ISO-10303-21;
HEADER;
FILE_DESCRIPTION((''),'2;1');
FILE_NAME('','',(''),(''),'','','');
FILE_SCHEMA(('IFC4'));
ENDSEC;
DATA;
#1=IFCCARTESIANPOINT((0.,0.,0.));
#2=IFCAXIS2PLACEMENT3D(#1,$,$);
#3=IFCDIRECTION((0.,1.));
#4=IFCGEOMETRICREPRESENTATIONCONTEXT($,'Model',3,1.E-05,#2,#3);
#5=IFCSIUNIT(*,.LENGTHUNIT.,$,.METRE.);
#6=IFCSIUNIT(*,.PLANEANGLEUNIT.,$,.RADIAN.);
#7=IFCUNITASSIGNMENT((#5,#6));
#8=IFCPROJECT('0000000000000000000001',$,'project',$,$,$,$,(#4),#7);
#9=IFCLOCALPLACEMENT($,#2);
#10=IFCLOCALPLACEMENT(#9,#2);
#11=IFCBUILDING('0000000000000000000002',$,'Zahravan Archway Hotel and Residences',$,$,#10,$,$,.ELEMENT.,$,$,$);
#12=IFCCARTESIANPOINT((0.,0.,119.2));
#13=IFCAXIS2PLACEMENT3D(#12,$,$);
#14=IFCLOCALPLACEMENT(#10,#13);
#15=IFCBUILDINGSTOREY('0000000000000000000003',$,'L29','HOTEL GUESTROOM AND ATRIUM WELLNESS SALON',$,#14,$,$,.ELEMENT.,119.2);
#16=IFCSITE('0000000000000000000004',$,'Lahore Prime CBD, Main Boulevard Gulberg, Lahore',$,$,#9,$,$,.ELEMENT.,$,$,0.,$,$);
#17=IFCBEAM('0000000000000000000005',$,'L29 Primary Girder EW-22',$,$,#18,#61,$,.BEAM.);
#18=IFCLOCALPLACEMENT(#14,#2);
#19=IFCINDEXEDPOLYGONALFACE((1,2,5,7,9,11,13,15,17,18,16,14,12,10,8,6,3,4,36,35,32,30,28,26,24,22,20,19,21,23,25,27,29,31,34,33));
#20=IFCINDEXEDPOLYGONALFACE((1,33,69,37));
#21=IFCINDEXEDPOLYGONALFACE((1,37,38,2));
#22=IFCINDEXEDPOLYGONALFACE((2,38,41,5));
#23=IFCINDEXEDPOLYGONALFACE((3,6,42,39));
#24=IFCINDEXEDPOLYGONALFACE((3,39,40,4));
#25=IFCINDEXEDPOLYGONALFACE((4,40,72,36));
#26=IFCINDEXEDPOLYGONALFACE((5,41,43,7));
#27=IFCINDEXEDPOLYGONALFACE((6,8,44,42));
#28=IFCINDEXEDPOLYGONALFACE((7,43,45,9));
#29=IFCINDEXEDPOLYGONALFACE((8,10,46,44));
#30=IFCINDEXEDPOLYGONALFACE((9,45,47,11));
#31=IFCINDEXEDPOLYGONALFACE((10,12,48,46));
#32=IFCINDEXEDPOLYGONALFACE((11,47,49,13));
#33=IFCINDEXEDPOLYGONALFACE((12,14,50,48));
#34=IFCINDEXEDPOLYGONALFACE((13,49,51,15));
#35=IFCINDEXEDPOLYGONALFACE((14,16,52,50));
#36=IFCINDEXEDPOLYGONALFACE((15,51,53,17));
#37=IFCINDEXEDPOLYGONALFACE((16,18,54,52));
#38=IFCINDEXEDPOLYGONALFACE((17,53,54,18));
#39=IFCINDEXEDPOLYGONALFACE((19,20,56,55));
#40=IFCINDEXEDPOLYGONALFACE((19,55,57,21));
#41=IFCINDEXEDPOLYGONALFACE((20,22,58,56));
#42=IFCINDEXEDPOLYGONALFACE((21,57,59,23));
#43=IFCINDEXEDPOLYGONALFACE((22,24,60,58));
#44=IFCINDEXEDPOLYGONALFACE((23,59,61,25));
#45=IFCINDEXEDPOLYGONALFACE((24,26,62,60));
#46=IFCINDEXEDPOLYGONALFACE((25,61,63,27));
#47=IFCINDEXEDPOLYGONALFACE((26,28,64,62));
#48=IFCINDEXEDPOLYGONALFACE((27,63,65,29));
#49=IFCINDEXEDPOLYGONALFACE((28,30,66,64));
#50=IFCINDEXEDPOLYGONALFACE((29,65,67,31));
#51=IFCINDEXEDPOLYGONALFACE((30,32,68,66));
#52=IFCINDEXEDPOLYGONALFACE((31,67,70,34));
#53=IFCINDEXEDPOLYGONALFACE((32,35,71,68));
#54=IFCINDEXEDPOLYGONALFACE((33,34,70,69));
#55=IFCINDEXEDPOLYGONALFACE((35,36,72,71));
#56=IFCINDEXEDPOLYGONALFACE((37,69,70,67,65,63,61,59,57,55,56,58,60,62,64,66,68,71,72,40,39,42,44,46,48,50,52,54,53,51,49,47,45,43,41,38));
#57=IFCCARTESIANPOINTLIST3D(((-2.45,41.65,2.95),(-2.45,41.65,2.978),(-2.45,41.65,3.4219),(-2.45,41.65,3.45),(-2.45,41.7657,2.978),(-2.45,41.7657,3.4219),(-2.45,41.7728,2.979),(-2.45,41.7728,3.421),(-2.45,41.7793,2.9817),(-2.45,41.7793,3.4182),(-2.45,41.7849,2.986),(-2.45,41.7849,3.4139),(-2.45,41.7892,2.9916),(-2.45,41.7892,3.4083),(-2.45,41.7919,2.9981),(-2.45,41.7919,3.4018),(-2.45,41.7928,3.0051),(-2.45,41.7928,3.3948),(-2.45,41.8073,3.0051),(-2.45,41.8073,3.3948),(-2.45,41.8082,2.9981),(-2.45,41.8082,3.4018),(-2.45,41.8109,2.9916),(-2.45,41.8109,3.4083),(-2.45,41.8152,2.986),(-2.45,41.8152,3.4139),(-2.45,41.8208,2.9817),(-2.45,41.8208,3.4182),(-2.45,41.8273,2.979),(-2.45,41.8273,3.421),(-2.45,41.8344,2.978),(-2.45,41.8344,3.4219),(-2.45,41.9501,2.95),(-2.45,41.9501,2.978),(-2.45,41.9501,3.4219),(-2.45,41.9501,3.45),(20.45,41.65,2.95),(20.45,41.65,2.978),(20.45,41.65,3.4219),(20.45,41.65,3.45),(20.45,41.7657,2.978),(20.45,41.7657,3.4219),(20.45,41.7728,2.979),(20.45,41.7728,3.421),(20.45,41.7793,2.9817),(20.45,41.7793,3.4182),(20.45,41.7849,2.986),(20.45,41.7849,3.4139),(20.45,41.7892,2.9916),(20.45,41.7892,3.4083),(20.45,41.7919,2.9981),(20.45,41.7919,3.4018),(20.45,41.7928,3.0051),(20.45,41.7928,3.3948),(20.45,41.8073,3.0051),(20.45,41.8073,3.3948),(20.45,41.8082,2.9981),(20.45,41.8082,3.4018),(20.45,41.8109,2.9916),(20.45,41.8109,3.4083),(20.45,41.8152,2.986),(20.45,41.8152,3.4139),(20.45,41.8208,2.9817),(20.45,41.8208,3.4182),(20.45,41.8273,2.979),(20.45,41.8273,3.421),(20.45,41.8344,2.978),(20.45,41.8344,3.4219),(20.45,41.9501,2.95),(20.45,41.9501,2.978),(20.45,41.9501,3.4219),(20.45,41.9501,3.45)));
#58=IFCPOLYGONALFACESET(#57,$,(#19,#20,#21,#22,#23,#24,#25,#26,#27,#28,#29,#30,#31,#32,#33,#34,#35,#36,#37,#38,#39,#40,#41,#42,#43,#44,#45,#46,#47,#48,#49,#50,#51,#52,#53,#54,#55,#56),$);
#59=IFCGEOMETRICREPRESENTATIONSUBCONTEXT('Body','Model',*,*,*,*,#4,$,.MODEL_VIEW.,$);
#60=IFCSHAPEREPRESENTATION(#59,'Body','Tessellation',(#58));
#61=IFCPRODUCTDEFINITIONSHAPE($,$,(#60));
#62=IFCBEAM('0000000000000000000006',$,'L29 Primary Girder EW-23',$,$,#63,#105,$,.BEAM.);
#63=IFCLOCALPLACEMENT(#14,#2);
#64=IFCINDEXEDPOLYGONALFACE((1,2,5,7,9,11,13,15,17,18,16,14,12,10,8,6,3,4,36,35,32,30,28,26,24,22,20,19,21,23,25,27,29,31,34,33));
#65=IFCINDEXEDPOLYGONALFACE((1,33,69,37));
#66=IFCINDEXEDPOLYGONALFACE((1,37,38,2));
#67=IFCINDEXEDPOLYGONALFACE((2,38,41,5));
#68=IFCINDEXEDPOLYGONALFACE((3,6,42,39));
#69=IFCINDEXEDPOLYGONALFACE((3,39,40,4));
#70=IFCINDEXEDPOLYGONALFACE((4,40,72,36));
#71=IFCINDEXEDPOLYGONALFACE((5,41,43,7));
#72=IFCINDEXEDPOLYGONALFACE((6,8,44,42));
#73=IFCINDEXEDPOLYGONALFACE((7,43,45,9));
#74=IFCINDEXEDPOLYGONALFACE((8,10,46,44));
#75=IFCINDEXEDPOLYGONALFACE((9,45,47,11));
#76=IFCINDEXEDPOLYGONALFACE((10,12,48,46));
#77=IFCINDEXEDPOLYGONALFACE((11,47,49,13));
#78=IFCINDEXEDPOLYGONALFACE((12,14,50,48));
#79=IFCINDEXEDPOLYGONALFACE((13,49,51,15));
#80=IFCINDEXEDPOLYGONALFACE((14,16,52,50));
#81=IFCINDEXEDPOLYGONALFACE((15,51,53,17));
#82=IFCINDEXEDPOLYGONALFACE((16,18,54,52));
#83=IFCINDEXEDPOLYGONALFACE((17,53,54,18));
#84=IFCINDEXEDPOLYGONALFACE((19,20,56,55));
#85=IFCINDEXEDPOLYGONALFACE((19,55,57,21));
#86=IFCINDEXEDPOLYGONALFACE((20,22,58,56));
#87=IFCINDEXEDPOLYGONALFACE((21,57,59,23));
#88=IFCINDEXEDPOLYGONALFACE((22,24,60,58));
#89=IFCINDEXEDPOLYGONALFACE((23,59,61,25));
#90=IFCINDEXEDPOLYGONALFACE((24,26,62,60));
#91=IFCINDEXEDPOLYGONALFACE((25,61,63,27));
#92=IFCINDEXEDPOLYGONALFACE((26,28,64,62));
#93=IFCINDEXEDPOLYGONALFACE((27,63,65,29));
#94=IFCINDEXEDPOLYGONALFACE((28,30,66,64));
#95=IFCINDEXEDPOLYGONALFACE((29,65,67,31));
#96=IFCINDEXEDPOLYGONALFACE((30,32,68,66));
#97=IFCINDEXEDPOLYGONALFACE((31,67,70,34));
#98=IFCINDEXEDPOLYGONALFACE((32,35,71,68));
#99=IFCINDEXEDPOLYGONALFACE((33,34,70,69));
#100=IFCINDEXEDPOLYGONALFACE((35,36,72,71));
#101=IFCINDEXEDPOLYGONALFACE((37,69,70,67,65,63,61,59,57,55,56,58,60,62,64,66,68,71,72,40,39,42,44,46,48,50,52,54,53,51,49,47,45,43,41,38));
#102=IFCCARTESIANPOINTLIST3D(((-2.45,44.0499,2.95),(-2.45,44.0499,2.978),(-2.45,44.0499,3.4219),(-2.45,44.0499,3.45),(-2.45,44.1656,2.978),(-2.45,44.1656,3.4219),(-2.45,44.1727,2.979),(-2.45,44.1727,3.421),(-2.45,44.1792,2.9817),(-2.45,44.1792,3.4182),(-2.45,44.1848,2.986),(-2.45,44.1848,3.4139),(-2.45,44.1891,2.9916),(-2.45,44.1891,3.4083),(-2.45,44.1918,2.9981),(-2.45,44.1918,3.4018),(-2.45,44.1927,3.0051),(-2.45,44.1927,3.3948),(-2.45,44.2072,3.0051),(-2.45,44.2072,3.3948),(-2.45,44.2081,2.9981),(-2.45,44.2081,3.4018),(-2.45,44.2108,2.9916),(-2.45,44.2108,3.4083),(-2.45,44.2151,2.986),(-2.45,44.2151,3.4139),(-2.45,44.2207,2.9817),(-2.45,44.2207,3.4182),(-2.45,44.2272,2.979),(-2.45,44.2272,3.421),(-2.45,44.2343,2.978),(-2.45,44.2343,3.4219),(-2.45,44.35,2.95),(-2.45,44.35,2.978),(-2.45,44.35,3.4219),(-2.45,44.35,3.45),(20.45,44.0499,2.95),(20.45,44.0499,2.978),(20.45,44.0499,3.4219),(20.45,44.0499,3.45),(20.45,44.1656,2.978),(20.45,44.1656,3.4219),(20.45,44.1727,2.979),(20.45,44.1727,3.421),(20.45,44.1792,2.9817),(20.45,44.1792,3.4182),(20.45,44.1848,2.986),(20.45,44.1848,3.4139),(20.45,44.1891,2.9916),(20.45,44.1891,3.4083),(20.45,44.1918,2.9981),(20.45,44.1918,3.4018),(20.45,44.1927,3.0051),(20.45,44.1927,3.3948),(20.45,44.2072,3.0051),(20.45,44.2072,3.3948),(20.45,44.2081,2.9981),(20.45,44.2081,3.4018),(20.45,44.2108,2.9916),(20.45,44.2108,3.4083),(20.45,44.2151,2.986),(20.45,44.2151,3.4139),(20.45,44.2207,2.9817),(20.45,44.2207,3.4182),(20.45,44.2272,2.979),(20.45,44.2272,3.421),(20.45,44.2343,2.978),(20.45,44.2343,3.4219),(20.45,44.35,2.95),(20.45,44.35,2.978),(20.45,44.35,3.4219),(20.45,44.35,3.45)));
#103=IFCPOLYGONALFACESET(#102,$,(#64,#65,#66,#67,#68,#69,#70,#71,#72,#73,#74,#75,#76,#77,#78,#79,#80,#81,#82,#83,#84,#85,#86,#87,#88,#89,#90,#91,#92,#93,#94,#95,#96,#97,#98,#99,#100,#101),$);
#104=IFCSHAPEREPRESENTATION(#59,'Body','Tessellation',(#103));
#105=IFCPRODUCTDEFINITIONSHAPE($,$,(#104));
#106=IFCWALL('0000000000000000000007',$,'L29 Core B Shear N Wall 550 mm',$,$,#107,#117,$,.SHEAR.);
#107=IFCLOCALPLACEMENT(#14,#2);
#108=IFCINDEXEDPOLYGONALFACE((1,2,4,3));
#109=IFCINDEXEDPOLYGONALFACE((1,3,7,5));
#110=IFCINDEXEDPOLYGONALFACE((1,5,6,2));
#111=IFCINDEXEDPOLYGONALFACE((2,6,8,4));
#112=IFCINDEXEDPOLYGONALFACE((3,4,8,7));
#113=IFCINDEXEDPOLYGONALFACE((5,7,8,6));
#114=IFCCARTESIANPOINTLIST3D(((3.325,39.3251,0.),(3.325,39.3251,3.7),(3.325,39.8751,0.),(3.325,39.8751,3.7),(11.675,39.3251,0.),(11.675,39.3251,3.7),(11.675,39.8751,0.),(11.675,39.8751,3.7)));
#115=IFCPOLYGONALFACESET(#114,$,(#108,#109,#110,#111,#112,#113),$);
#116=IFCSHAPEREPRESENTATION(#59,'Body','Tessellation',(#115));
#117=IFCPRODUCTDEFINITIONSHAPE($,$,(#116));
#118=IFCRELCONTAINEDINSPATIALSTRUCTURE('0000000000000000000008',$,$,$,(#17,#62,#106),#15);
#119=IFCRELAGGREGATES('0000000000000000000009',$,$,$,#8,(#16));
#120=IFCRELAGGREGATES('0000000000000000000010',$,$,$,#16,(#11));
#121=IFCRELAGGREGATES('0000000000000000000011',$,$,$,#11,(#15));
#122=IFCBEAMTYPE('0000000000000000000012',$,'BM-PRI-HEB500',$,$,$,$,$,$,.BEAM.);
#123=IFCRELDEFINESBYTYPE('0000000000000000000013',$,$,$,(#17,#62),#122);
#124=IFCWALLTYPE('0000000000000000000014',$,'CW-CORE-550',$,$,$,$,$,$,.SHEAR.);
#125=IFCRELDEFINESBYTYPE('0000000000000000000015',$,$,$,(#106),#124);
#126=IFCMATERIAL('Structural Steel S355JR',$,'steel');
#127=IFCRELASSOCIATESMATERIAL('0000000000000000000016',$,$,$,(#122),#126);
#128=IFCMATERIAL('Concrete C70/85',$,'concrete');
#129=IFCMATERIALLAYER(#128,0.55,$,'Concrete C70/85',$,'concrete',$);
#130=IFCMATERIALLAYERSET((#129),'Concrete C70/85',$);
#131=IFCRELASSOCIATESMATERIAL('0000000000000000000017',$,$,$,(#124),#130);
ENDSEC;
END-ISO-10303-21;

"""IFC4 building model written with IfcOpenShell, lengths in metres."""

from ifc_helpers import new_model, si_unit, direction, frame, frame_2d, origin, origin_2d, place, context, subcontext, project, spatial, rectangle, i_section, extrude, source, transform, mapped, material, layer, layer_set, material_profile, profile_set, type_object, element, save


model = new_model("IFC4")

# Units and contexts
model_context = context("Model", 3, precision=1e-05, world=origin(), true_north=direction((0.0, 1.0)))
body_context = subcontext(model_context, "Body", "Model", "MODEL_VIEW")
ifc_project = project(units=[si_unit("LENGTHUNIT", "METRE"), si_unit("PLANEANGLEUNIT", "RADIAN")], contexts=[model_context])

# Site, building, storey
site_placement = place(None, origin())
site = spatial("IfcSite", under=ifc_project, at=site_placement, Name="Lahore Prime CBD, Main Boulevard Gulberg, Lahore", CompositionType="ELEMENT", RefElevation=0.0)
building_placement = place(site_placement, origin())
building = spatial("IfcBuilding", under=site, at=building_placement, Name="Zahravan Archway Hotel and Residences", CompositionType="ELEMENT")
storey_placement = place(building_placement, frame((0.0, 0.0, 119.2)))
storey = spatial("IfcBuildingStorey", under=building, at=storey_placement, Name="L29", Description="HOTEL GUESTROOM AND ATRIUM WELLNESS SALON", CompositionType="ELEMENT", Elevation=119.2)

# Beams
ifc_material_1 = material(Name="Structural Steel S355JR", Category="steel")
ifc_material_profile_1 = material_profile(ifc_material_1, i_section(OverallWidth=0.3, OverallDepth=0.5, WebThickness=0.0144, FlangeThickness=0.0281, FilletRadius=0.0271, at=origin_2d()), Name="HEB 500", Category="steel")
ifc_profile_set_1 = profile_set([ifc_material_profile_1], Name="Structural Steel S355JR")
beam_type_1 = type_object("IfcBeamType", Name="BM-PRI-HEB500", PredefinedType="BEAM", material=ifc_profile_set_1)
shared_shape_1 = source(origin(), body_context, "Body", "SweptSolid", [
    extrude(i_section(OverallWidth=0.3, OverallDepth=0.5, WebThickness=0.0144, FlangeThickness=0.0281, FilletRadius=0.0271, at=origin_2d()), origin(), (0.0, 0.0, 1.0), 22.8999),
])
for number, where, z_axis, x_axis, name in (
    (1, (-2.45, 41.8, 3.2), (1.0, 0.0, 0.0), (0.0, 1.0, 0.0), "L29 Primary Girder EW-22"),
    (2, (-2.45, 44.2, 3.2), (1.0, 0.0, 0.0), (0.0, 1.0, 0.0), "L29 Primary Girder EW-23"),
):
    element("IfcBeam", number, at=place(storey_placement, frame(where, z_axis=z_axis, x_axis=x_axis)), inside=storey, type_object=beam_type_1, Name=name, PredefinedType="BEAM", context=body_context, shape_type="MappedRepresentation", body=[
        mapped(shared_shape_1, transform((0.0, 0.0, 0.0), scale=1.0)),
    ])

# Wall
ifc_material_2 = material(Name="Concrete C70/85", Category="concrete")
ifc_layer_1 = layer(ifc_material_2, 0.55, Name="Concrete C70/85", Category="concrete")
ifc_layer_set_1 = layer_set([ifc_layer_1], Name="Concrete C70/85")
wall_type_1 = type_object("IfcWallType", Name="CW-CORE-550", PredefinedType="SHEAR", material=ifc_layer_set_1)
wall_1_placement = place(storey_placement, frame((3.325, 39.6001, 0.0), z_axis=(0.0, 0.0, 1.0), x_axis=(1.0, 0.0, 0.0)))
element("IfcWall", 3, at=wall_1_placement, inside=storey, type_object=wall_type_1, Name="L29 Core B Shear N Wall 550 mm", PredefinedType="SHEAR", context=body_context, shape_type="SweptSolid", body=[
    extrude(rectangle(XDim=8.3501, YDim=0.55, at=frame_2d((4.175, 0.0))), origin(), (0.0, 0.0, 1.0), 3.7),
])

save(model, "model.ifc")
